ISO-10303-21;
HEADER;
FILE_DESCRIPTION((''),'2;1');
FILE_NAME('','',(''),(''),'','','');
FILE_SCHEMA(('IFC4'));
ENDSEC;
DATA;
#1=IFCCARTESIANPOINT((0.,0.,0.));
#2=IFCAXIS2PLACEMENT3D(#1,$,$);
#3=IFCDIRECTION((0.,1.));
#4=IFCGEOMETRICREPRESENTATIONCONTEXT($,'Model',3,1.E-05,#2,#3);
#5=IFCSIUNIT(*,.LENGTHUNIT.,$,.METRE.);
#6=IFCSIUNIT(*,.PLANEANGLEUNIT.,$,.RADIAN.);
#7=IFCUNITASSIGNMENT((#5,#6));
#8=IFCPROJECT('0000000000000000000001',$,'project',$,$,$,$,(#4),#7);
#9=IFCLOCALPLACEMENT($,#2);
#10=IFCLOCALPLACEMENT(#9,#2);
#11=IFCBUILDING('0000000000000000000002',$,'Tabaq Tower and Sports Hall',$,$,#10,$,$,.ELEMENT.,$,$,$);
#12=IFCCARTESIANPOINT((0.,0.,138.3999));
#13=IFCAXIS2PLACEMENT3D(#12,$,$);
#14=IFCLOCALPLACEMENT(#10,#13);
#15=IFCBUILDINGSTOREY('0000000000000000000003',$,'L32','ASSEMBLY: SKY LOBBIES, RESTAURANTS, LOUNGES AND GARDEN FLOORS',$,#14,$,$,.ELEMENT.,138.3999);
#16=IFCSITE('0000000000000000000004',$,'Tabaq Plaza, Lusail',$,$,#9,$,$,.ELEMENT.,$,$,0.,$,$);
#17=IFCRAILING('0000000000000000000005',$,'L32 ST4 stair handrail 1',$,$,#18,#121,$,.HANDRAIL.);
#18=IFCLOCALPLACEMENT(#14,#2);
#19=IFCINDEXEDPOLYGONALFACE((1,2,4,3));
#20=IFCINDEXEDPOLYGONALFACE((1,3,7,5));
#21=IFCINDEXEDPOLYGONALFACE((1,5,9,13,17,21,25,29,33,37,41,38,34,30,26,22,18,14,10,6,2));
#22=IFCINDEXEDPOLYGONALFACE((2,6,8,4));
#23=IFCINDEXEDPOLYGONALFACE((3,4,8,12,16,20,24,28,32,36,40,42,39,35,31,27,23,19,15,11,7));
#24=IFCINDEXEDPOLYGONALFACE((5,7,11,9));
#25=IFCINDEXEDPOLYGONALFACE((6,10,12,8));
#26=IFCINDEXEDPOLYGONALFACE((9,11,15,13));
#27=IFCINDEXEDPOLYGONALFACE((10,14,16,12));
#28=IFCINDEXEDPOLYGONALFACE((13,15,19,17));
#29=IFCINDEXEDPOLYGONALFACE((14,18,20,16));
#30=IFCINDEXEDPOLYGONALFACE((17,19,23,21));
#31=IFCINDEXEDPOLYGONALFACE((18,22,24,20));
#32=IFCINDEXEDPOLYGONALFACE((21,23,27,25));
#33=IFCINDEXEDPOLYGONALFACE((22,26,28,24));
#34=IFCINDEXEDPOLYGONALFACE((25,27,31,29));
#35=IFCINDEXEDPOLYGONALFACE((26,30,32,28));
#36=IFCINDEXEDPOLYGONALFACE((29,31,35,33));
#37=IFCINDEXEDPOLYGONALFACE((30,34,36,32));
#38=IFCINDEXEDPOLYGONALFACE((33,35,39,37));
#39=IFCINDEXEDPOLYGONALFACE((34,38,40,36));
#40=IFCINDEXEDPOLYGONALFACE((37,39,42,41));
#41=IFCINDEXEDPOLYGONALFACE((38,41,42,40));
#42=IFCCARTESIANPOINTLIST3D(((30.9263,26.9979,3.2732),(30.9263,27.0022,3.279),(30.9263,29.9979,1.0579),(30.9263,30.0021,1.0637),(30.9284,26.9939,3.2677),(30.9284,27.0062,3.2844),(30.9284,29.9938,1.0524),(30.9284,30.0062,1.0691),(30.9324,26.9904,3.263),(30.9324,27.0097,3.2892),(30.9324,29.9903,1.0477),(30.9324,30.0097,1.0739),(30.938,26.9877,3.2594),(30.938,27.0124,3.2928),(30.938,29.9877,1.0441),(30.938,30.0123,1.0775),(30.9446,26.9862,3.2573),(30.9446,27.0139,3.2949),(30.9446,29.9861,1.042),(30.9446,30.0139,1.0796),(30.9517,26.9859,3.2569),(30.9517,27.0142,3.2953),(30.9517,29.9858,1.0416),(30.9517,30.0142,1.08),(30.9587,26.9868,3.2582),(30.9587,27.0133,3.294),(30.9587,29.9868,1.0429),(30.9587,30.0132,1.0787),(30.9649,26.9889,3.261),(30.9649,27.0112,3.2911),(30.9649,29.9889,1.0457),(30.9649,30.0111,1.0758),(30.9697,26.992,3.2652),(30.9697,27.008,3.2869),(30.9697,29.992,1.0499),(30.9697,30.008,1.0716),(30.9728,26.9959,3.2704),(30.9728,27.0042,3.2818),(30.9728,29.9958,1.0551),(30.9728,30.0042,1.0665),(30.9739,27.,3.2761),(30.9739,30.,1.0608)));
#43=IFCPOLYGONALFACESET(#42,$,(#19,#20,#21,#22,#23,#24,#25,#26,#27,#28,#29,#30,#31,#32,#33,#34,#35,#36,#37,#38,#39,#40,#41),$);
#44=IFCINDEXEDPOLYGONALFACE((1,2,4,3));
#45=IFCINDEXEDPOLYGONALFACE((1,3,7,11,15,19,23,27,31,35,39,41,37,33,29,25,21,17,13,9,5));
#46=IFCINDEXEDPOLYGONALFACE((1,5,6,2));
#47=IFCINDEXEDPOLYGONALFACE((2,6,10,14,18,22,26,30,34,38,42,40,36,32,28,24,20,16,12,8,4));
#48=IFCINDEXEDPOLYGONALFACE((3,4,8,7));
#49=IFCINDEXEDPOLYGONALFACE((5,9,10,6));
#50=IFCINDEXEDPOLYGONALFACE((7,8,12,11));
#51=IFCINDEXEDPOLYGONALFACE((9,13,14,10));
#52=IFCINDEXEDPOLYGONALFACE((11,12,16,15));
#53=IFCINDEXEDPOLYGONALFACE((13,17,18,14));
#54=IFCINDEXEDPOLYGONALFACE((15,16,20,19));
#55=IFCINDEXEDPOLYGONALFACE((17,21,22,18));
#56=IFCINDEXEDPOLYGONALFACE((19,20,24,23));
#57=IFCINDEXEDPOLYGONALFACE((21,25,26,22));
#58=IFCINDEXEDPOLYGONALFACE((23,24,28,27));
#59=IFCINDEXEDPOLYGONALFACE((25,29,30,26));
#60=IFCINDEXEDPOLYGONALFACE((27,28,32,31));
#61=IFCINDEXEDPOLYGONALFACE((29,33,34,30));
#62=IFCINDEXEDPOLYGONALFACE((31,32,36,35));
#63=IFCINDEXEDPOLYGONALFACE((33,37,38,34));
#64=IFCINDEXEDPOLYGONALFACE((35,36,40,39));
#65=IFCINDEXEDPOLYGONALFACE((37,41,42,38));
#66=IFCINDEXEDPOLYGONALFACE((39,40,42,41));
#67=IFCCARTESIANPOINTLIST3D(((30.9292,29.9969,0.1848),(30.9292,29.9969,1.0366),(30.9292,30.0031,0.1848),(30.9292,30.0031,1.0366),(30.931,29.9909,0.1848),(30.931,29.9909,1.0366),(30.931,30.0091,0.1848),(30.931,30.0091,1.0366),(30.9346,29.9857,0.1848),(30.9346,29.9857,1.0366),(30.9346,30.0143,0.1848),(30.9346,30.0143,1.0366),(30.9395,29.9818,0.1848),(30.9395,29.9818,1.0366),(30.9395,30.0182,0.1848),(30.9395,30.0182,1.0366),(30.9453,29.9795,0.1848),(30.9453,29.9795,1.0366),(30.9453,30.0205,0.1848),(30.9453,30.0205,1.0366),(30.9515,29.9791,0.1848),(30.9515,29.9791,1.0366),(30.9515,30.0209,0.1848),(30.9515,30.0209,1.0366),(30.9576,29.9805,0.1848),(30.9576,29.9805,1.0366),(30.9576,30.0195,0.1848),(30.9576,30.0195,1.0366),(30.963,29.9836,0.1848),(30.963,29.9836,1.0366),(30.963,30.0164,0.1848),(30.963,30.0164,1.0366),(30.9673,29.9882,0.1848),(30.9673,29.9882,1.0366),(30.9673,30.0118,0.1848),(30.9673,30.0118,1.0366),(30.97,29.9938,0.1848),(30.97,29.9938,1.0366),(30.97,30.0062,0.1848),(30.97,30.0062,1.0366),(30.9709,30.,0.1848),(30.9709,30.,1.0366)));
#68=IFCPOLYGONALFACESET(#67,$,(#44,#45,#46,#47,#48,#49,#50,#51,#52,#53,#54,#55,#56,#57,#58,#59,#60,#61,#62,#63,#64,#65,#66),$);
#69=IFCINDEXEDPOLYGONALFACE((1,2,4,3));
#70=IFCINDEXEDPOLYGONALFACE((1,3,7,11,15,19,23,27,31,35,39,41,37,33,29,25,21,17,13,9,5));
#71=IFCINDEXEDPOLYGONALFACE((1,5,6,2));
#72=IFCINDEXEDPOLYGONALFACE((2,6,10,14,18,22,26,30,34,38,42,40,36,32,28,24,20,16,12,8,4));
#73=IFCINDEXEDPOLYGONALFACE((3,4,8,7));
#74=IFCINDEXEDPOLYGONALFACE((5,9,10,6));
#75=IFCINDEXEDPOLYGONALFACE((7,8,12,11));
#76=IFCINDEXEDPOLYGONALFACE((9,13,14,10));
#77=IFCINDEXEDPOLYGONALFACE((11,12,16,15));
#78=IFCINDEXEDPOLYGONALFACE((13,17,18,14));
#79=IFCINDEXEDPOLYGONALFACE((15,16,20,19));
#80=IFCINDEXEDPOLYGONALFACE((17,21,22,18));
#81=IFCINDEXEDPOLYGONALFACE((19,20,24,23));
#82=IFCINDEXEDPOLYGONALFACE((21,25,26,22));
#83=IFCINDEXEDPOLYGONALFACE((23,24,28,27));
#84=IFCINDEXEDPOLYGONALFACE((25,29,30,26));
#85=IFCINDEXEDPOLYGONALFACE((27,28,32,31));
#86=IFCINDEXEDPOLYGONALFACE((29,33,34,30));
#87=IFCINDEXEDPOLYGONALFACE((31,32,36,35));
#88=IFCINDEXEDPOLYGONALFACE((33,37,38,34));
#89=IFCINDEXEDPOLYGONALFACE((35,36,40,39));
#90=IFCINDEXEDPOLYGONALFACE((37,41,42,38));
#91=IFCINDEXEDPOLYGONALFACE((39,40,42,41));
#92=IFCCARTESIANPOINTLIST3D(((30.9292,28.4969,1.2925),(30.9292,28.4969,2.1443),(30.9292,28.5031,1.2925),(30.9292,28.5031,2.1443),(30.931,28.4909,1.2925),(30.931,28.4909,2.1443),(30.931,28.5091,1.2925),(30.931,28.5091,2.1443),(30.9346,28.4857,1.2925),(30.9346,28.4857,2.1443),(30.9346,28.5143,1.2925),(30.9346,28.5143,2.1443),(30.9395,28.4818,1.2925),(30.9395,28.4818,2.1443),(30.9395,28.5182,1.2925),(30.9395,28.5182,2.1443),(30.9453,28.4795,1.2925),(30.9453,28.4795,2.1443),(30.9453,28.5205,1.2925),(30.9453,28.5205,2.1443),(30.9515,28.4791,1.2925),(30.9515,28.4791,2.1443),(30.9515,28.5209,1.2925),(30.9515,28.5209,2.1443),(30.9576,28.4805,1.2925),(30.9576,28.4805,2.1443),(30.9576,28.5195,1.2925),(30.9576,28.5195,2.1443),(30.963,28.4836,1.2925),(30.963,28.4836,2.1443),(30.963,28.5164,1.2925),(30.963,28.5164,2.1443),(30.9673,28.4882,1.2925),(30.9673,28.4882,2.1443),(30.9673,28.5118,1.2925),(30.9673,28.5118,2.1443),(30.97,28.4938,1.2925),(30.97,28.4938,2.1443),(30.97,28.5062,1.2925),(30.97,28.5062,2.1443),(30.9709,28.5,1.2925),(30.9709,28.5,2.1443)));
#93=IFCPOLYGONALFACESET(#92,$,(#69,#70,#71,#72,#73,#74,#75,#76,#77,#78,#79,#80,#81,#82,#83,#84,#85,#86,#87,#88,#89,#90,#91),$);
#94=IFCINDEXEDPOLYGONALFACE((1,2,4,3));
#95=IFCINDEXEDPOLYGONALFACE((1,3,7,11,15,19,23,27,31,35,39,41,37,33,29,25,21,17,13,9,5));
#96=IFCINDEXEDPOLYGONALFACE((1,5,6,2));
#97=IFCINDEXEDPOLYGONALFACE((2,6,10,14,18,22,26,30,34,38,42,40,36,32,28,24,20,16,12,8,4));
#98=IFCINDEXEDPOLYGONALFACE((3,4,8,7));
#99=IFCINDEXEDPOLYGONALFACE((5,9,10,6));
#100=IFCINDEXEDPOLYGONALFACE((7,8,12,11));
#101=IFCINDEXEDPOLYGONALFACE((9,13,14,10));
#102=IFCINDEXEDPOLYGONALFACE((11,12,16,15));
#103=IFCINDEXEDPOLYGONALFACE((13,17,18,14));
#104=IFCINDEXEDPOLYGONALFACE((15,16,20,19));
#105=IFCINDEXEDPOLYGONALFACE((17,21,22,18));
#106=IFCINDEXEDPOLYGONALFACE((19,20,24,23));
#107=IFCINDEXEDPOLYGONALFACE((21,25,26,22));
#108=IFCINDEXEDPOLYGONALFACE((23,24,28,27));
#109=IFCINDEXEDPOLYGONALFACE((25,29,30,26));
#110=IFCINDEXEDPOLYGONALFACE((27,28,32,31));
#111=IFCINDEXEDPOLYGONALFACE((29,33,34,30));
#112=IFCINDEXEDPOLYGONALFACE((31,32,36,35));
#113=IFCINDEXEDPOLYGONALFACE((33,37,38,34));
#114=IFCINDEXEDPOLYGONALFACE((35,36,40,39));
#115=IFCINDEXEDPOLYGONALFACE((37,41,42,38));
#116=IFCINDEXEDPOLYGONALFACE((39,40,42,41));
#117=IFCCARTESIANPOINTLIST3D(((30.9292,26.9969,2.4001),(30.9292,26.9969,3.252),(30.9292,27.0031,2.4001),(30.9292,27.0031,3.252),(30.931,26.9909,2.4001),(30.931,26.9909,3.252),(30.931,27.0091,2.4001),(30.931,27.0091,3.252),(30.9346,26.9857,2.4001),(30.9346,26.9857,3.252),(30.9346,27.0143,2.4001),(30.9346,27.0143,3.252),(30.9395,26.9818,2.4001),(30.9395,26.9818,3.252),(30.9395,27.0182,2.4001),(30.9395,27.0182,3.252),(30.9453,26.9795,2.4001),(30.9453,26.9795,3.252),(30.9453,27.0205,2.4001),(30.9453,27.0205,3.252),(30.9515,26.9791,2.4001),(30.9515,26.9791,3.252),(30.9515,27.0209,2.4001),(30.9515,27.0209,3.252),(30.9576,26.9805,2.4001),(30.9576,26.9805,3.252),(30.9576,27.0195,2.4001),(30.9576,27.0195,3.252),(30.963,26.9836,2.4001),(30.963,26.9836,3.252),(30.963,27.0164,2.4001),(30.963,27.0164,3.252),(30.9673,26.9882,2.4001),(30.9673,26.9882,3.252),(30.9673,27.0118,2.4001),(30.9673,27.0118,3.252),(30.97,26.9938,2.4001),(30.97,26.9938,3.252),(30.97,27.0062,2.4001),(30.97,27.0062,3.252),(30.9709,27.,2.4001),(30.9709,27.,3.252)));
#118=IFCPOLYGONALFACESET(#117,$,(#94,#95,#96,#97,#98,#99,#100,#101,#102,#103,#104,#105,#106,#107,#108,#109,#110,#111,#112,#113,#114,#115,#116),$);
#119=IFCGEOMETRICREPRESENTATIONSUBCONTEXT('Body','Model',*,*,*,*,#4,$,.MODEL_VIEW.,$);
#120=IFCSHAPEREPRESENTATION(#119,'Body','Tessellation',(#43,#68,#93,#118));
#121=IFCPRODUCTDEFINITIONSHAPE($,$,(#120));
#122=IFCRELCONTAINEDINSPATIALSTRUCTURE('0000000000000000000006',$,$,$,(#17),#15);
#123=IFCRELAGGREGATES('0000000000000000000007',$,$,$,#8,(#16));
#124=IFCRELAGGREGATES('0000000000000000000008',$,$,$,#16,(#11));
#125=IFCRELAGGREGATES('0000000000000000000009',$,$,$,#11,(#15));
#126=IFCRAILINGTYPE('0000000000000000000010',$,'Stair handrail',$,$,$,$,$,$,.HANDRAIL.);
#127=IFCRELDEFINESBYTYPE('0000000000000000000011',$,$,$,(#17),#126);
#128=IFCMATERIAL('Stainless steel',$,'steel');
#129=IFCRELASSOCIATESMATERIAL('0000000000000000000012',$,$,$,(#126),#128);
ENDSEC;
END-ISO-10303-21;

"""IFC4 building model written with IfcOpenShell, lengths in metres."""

from ifc_helpers import new_model, si_unit, direction, frame, origin, origin_2d, place, context, subcontext, project, spatial, circle, extrude, material, type_object, element, save


model = new_model("IFC4")

# Units and contexts
model_context = context("Model", 3, precision=1e-05, world=origin(), true_north=direction((0.0, 1.0)))
body_context = subcontext(model_context, "Body", "Model", "MODEL_VIEW")
ifc_project = project(units=[si_unit("LENGTHUNIT", "METRE"), si_unit("PLANEANGLEUNIT", "RADIAN")], contexts=[model_context])

# Site, building, storey
site_placement = place(None, origin())
site = spatial("IfcSite", under=ifc_project, at=site_placement, Name="Tabaq Plaza, Lusail", CompositionType="ELEMENT", RefElevation=0.0)
building_placement = place(site_placement, origin())
building = spatial("IfcBuilding", under=site, at=building_placement, Name="Tabaq Tower and Sports Hall", CompositionType="ELEMENT")
storey_placement = place(building_placement, frame((0.0, 0.0, 138.3999)))
storey = spatial("IfcBuildingStorey", under=building, at=storey_placement, Name="L32", Description="ASSEMBLY: SKY LOBBIES, RESTAURANTS, LOUNGES AND GARDEN FLOORS", CompositionType="ELEMENT", Elevation=138.3999)

# Railing
ifc_material_1 = material(Name="Stainless steel", Category="steel")
railing_type_1 = type_object("IfcRailingType", Name="Stair handrail", PredefinedType="HANDRAIL", material=ifc_material_1)
railing_1_placement = place(storey_placement, frame((30.95, 30.0, 0.1848)))
element("IfcRailing", 1, at=railing_1_placement, inside=storey, type_object=railing_type_1, Name="L32 ST4 stair handrail 1", PredefinedType="HANDRAIL", context=body_context, shape_type="SweptSolid", body=[
    extrude(circle(Radius=0.0239, at=origin_2d()), frame((0.0, 0.0, 0.876), z_axis=(0.0, -0.80444, 0.594034), x_axis=(1.0, 0.0, 0.0)), (0.0, 0.0, 1.0), 3.7292),
    extrude(circle(Radius=0.021, at=origin_2d()), origin(), (0.0, 0.0, 1.0), 0.8518),
    extrude(circle(Radius=0.021, at=origin_2d()), frame((0.0, -1.5, 1.1077)), (0.0, 0.0, 1.0), 0.8518),
    extrude(circle(Radius=0.021, at=origin_2d()), frame((0.0, -3.0, 2.2153)), (0.0, 0.0, 1.0), 0.8518),
])

save(model, "model.ifc")
